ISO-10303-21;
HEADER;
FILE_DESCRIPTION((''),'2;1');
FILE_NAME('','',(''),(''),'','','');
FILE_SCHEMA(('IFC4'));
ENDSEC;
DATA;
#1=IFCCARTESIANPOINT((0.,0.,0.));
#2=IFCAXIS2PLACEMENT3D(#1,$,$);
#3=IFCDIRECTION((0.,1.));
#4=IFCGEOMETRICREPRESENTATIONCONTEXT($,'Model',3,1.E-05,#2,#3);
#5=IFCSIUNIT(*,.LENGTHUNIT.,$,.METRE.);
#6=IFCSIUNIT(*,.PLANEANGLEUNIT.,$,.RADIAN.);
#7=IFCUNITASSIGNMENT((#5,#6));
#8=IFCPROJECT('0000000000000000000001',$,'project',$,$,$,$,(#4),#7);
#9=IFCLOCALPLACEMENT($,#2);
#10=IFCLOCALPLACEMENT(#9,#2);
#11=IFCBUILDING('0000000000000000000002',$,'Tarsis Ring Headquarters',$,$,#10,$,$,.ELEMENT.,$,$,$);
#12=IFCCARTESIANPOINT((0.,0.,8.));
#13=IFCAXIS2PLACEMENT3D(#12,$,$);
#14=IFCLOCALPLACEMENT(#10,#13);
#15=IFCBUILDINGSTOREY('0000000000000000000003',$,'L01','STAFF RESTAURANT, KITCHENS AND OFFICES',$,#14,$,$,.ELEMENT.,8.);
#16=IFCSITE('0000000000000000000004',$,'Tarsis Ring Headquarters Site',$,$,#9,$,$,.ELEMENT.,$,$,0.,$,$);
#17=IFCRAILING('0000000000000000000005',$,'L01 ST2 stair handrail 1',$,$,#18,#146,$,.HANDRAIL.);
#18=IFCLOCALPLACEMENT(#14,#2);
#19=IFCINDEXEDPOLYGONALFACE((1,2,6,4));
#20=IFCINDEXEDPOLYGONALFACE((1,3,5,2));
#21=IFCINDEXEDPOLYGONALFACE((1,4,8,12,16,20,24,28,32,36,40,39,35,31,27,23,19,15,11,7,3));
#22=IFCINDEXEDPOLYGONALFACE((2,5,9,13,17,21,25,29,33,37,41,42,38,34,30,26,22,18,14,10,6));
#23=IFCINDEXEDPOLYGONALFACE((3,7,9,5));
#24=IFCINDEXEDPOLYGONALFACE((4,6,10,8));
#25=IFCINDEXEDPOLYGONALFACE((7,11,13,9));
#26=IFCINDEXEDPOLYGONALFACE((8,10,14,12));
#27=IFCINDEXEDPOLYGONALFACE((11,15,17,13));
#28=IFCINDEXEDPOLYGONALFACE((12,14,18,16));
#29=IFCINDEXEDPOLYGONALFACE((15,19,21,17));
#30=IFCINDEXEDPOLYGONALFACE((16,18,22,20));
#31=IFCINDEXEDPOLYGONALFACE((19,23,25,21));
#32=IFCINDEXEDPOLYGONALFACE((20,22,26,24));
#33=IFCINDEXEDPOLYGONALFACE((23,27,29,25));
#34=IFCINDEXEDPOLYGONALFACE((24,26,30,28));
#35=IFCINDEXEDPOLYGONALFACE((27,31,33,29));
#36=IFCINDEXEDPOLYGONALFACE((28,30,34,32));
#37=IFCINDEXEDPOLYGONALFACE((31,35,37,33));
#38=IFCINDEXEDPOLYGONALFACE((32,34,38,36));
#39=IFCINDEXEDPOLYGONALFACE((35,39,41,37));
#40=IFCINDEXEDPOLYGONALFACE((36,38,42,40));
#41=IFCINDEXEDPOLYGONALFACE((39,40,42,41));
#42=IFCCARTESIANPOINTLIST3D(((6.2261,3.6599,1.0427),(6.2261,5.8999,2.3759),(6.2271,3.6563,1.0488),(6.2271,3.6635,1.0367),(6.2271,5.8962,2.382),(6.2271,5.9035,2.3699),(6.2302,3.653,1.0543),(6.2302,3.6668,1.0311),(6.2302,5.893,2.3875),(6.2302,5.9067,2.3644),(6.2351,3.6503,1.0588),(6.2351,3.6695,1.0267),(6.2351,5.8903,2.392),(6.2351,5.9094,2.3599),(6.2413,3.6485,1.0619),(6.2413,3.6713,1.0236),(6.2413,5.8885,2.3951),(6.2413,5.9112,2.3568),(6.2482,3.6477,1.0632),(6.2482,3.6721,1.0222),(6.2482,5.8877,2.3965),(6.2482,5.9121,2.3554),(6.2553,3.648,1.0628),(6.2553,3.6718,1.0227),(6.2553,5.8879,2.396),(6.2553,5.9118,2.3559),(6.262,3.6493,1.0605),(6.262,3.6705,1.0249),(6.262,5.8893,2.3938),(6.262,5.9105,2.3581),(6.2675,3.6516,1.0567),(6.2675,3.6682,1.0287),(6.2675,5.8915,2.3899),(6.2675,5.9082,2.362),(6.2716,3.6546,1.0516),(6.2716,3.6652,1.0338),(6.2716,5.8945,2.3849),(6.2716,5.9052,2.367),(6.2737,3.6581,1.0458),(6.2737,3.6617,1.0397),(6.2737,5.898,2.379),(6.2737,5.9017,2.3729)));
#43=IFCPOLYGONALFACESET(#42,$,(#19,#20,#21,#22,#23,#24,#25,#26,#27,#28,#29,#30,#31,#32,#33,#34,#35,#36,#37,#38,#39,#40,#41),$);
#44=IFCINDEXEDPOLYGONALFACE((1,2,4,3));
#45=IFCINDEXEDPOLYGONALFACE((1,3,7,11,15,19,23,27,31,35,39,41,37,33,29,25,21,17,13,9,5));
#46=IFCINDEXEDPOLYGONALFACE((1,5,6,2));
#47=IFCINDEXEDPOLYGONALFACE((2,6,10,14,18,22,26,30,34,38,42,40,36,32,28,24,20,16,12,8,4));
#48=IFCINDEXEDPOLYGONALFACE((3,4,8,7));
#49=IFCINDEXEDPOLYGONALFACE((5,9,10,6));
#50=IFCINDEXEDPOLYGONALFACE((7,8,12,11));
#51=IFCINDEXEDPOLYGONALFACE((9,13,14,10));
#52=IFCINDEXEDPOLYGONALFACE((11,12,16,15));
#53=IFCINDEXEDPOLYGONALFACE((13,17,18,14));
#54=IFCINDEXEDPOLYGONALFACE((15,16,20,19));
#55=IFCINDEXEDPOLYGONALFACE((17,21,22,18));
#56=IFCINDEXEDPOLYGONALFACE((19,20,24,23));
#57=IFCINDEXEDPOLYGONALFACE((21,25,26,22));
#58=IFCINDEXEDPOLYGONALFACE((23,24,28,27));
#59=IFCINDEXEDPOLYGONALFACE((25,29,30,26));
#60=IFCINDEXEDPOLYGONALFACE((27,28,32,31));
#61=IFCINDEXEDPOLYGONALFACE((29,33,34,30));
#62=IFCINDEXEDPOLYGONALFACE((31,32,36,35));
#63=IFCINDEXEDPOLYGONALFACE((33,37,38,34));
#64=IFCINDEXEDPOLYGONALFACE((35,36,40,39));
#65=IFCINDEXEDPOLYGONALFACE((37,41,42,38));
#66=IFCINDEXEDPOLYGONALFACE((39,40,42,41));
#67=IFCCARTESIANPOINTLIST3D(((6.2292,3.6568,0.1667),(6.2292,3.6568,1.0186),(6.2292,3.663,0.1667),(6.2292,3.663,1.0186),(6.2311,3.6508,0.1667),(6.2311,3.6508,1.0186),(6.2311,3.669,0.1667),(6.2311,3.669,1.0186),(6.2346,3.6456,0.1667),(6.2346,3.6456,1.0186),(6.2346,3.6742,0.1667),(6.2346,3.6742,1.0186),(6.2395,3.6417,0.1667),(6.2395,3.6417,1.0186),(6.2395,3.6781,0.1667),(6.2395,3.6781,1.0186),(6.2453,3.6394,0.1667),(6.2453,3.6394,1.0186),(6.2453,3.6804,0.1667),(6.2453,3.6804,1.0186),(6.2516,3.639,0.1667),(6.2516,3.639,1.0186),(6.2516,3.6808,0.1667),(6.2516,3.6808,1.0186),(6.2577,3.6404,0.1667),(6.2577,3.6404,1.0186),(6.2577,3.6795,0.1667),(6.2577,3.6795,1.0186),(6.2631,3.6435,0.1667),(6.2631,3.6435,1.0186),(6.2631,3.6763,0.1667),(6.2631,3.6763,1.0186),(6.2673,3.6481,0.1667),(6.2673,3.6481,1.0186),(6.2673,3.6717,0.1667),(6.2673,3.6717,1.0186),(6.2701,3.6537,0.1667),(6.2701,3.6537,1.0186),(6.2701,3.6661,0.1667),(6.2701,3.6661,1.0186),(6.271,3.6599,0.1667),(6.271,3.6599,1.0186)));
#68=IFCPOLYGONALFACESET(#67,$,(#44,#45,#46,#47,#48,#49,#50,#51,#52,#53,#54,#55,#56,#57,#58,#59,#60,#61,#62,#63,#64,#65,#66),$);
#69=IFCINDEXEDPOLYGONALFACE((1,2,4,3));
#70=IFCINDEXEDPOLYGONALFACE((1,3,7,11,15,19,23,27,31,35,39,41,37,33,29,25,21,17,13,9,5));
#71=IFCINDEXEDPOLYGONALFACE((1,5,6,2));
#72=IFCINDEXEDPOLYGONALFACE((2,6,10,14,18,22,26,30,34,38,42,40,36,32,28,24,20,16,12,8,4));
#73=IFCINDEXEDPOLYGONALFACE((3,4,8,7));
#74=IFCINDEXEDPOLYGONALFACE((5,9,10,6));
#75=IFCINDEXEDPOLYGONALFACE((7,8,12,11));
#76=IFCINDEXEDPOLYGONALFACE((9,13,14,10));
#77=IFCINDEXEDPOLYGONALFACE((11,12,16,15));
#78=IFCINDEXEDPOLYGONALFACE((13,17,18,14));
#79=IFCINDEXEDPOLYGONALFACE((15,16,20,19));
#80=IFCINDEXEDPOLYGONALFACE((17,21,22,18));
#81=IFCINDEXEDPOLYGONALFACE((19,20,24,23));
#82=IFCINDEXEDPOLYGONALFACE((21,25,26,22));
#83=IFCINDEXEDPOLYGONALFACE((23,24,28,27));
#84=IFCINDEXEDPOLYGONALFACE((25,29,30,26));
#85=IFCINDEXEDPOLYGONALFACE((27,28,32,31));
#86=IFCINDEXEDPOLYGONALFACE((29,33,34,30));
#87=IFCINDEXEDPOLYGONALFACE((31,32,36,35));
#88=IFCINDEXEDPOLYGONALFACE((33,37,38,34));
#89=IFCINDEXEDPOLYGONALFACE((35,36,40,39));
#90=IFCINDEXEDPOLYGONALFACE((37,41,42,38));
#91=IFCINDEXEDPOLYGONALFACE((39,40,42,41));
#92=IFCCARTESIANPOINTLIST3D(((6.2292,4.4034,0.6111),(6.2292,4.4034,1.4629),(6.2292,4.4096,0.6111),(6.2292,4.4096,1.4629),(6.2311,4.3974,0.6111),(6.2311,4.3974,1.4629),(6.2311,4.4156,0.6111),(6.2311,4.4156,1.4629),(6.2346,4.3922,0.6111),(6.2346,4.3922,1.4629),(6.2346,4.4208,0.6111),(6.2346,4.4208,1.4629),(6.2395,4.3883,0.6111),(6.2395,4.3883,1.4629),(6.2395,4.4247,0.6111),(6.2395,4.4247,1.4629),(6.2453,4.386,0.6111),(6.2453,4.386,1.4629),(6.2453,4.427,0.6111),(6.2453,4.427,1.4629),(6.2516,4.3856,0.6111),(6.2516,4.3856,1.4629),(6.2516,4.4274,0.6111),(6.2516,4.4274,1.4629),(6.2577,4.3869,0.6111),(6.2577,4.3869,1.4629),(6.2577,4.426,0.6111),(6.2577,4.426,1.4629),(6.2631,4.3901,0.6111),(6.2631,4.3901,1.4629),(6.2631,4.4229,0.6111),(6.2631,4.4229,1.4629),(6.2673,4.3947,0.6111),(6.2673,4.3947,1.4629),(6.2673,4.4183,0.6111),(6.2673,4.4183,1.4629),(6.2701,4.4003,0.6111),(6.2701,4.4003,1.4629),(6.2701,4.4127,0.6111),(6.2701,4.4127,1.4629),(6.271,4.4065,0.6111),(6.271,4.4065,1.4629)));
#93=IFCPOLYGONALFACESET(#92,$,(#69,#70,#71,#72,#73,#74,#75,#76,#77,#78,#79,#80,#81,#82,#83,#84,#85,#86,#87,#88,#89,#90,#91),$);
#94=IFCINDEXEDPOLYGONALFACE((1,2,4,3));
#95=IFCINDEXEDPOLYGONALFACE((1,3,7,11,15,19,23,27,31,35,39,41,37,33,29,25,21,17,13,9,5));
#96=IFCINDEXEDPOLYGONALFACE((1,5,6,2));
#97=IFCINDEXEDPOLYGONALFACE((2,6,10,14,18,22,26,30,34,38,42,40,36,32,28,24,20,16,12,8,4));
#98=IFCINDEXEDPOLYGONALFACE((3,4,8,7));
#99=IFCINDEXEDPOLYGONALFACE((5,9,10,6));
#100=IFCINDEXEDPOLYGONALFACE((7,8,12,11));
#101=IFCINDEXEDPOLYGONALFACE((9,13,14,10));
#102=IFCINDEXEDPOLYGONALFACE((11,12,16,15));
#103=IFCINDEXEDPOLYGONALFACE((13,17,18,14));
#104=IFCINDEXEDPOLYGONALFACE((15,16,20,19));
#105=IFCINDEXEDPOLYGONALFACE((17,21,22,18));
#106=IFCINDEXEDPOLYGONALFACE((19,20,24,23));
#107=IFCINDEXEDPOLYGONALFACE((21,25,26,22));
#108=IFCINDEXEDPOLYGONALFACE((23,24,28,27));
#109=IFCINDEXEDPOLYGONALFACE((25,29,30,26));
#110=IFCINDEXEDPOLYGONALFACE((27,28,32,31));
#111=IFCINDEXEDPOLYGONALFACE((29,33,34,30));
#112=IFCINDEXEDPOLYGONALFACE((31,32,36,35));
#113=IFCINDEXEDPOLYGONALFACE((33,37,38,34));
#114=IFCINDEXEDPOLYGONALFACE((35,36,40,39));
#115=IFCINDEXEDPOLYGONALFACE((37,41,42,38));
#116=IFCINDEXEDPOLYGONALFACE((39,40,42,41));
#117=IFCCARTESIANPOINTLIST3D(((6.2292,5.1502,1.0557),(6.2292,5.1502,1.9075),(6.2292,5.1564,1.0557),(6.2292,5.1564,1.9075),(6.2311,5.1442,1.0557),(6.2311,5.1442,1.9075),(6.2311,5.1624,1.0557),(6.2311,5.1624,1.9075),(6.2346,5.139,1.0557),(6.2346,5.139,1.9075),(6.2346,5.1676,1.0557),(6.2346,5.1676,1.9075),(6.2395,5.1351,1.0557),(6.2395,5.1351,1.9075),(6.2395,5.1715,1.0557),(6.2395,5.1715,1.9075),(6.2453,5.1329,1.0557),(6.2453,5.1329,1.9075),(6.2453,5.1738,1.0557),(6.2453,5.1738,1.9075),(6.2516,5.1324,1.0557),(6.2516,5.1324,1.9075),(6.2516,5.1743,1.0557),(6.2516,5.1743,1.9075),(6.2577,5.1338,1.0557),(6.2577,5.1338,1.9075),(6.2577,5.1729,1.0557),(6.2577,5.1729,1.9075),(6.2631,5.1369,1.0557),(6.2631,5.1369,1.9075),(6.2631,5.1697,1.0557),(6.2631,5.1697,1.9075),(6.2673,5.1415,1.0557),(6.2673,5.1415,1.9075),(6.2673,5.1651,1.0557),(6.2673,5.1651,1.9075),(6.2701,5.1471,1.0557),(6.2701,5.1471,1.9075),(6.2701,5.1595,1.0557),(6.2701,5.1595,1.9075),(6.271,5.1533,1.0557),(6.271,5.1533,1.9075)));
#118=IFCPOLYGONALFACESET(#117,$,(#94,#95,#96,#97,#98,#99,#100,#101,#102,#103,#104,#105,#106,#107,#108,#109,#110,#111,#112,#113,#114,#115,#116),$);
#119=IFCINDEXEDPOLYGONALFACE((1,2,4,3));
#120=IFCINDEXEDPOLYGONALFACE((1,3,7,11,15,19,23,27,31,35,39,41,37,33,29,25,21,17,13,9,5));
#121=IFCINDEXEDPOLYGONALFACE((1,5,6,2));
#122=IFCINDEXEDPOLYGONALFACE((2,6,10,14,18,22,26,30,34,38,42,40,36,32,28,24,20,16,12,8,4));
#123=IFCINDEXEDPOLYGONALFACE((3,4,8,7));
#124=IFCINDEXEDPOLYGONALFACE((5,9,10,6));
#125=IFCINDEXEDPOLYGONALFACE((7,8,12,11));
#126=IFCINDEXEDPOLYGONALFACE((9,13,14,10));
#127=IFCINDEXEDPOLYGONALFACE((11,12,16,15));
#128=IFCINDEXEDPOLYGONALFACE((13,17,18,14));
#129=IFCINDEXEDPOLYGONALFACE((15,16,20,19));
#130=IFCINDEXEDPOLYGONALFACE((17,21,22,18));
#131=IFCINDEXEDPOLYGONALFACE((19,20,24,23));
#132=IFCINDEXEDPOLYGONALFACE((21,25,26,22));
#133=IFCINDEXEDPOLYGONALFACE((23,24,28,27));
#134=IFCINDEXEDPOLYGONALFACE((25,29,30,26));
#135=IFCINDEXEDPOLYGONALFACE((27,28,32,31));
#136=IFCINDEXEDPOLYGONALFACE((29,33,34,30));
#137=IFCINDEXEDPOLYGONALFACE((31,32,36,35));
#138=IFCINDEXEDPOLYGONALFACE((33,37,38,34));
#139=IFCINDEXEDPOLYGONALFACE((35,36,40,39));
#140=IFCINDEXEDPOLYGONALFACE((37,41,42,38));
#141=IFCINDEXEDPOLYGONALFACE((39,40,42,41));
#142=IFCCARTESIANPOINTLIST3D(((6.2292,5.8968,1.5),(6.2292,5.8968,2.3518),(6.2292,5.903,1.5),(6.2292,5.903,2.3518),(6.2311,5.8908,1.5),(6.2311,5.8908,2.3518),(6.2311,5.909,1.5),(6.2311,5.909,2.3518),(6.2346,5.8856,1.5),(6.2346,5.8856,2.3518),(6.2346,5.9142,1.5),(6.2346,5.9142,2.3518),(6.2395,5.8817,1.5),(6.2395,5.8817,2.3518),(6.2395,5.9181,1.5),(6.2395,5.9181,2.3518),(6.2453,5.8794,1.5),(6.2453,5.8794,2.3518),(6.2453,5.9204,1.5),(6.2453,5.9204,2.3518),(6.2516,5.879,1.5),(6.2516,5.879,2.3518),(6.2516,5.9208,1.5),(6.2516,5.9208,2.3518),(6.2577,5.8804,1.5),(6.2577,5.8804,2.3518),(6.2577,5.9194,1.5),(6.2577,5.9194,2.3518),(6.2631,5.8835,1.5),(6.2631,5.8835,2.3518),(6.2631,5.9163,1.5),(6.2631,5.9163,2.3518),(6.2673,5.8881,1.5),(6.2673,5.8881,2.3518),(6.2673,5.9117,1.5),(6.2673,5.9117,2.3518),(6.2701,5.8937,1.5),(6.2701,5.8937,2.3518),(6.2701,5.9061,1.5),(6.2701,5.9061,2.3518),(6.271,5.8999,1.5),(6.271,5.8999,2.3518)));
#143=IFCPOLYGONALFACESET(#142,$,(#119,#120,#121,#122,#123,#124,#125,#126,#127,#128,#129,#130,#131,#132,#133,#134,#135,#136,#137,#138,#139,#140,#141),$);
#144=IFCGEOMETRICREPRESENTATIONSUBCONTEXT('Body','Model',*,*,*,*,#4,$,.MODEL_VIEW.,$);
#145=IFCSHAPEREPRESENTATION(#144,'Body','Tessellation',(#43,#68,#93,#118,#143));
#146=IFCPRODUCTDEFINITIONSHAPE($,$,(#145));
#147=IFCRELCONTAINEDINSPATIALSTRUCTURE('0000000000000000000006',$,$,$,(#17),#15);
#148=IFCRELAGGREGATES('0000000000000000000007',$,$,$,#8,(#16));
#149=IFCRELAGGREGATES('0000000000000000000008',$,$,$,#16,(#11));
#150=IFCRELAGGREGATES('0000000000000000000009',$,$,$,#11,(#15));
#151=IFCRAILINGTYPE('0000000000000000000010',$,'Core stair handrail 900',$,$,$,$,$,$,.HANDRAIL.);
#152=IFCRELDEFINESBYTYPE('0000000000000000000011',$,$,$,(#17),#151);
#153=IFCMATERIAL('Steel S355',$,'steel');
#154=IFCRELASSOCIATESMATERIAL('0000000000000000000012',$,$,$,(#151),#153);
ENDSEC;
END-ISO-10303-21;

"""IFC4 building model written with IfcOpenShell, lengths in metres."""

from ifc_helpers import new_model, si_unit, direction, frame, origin, origin_2d, place, context, subcontext, project, spatial, circle, extrude, material, type_object, element, save


model = new_model("IFC4")

# Units and contexts
model_context = context("Model", 3, precision=1e-05, world=origin(), true_north=direction((0.0, 1.0)))
body_context = subcontext(model_context, "Body", "Model", "MODEL_VIEW")
ifc_project = project(units=[si_unit("LENGTHUNIT", "METRE"), si_unit("PLANEANGLEUNIT", "RADIAN")], contexts=[model_context])

# Site, building, storey
site_placement = place(None, origin())
site = spatial("IfcSite", under=ifc_project, at=site_placement, Name="Tarsis Ring Headquarters Site", CompositionType="ELEMENT", RefElevation=0.0)
building_placement = place(site_placement, origin())
building = spatial("IfcBuilding", under=site, at=building_placement, Name="Tarsis Ring Headquarters", CompositionType="ELEMENT")
storey_placement = place(building_placement, frame((0.0, 0.0, 8.0)))
storey = spatial("IfcBuildingStorey", under=building, at=storey_placement, Name="L01", Description="STAFF RESTAURANT, KITCHENS AND OFFICES", CompositionType="ELEMENT", Elevation=8.0)

# Railing
ifc_material_1 = material(Name="Steel S355", Category="steel")
railing_type_1 = type_object("IfcRailingType", Name="Core stair handrail 900", PredefinedType="HANDRAIL", material=ifc_material_1)
railing_1_placement = place(storey_placement, frame((6.25, 3.6599, 0.1667)))
element("IfcRailing", 1, at=railing_1_placement, inside=storey, type_object=railing_type_1, Name="L01 ST2 stair handrail 1", PredefinedType="HANDRAIL", context=body_context, shape_type="SweptSolid", body=[
    extrude(circle(Radius=0.0239, at=origin_2d()), frame((0.0, 0.0, 0.876), z_axis=(0.0, 0.859306, 0.511462), x_axis=(-1.0, 0.0, 0.0)), (0.0, 0.0, 1.0), 2.6067),
    extrude(circle(Radius=0.021, at=origin_2d()), origin(), (0.0, 0.0, 1.0), 0.8518),
    extrude(circle(Radius=0.021, at=origin_2d()), frame((0.0, 0.7466, 0.4443)), (0.0, 0.0, 1.0), 0.8518),
    extrude(circle(Radius=0.021, at=origin_2d()), frame((0.0, 1.4934, 0.8889)), (0.0, 0.0, 1.0), 0.8518),
    extrude(circle(Radius=0.021, at=origin_2d()), frame((0.0, 2.24, 1.3333)), (0.0, 0.0, 1.0), 0.8518),
])

save(model, "model.ifc")
